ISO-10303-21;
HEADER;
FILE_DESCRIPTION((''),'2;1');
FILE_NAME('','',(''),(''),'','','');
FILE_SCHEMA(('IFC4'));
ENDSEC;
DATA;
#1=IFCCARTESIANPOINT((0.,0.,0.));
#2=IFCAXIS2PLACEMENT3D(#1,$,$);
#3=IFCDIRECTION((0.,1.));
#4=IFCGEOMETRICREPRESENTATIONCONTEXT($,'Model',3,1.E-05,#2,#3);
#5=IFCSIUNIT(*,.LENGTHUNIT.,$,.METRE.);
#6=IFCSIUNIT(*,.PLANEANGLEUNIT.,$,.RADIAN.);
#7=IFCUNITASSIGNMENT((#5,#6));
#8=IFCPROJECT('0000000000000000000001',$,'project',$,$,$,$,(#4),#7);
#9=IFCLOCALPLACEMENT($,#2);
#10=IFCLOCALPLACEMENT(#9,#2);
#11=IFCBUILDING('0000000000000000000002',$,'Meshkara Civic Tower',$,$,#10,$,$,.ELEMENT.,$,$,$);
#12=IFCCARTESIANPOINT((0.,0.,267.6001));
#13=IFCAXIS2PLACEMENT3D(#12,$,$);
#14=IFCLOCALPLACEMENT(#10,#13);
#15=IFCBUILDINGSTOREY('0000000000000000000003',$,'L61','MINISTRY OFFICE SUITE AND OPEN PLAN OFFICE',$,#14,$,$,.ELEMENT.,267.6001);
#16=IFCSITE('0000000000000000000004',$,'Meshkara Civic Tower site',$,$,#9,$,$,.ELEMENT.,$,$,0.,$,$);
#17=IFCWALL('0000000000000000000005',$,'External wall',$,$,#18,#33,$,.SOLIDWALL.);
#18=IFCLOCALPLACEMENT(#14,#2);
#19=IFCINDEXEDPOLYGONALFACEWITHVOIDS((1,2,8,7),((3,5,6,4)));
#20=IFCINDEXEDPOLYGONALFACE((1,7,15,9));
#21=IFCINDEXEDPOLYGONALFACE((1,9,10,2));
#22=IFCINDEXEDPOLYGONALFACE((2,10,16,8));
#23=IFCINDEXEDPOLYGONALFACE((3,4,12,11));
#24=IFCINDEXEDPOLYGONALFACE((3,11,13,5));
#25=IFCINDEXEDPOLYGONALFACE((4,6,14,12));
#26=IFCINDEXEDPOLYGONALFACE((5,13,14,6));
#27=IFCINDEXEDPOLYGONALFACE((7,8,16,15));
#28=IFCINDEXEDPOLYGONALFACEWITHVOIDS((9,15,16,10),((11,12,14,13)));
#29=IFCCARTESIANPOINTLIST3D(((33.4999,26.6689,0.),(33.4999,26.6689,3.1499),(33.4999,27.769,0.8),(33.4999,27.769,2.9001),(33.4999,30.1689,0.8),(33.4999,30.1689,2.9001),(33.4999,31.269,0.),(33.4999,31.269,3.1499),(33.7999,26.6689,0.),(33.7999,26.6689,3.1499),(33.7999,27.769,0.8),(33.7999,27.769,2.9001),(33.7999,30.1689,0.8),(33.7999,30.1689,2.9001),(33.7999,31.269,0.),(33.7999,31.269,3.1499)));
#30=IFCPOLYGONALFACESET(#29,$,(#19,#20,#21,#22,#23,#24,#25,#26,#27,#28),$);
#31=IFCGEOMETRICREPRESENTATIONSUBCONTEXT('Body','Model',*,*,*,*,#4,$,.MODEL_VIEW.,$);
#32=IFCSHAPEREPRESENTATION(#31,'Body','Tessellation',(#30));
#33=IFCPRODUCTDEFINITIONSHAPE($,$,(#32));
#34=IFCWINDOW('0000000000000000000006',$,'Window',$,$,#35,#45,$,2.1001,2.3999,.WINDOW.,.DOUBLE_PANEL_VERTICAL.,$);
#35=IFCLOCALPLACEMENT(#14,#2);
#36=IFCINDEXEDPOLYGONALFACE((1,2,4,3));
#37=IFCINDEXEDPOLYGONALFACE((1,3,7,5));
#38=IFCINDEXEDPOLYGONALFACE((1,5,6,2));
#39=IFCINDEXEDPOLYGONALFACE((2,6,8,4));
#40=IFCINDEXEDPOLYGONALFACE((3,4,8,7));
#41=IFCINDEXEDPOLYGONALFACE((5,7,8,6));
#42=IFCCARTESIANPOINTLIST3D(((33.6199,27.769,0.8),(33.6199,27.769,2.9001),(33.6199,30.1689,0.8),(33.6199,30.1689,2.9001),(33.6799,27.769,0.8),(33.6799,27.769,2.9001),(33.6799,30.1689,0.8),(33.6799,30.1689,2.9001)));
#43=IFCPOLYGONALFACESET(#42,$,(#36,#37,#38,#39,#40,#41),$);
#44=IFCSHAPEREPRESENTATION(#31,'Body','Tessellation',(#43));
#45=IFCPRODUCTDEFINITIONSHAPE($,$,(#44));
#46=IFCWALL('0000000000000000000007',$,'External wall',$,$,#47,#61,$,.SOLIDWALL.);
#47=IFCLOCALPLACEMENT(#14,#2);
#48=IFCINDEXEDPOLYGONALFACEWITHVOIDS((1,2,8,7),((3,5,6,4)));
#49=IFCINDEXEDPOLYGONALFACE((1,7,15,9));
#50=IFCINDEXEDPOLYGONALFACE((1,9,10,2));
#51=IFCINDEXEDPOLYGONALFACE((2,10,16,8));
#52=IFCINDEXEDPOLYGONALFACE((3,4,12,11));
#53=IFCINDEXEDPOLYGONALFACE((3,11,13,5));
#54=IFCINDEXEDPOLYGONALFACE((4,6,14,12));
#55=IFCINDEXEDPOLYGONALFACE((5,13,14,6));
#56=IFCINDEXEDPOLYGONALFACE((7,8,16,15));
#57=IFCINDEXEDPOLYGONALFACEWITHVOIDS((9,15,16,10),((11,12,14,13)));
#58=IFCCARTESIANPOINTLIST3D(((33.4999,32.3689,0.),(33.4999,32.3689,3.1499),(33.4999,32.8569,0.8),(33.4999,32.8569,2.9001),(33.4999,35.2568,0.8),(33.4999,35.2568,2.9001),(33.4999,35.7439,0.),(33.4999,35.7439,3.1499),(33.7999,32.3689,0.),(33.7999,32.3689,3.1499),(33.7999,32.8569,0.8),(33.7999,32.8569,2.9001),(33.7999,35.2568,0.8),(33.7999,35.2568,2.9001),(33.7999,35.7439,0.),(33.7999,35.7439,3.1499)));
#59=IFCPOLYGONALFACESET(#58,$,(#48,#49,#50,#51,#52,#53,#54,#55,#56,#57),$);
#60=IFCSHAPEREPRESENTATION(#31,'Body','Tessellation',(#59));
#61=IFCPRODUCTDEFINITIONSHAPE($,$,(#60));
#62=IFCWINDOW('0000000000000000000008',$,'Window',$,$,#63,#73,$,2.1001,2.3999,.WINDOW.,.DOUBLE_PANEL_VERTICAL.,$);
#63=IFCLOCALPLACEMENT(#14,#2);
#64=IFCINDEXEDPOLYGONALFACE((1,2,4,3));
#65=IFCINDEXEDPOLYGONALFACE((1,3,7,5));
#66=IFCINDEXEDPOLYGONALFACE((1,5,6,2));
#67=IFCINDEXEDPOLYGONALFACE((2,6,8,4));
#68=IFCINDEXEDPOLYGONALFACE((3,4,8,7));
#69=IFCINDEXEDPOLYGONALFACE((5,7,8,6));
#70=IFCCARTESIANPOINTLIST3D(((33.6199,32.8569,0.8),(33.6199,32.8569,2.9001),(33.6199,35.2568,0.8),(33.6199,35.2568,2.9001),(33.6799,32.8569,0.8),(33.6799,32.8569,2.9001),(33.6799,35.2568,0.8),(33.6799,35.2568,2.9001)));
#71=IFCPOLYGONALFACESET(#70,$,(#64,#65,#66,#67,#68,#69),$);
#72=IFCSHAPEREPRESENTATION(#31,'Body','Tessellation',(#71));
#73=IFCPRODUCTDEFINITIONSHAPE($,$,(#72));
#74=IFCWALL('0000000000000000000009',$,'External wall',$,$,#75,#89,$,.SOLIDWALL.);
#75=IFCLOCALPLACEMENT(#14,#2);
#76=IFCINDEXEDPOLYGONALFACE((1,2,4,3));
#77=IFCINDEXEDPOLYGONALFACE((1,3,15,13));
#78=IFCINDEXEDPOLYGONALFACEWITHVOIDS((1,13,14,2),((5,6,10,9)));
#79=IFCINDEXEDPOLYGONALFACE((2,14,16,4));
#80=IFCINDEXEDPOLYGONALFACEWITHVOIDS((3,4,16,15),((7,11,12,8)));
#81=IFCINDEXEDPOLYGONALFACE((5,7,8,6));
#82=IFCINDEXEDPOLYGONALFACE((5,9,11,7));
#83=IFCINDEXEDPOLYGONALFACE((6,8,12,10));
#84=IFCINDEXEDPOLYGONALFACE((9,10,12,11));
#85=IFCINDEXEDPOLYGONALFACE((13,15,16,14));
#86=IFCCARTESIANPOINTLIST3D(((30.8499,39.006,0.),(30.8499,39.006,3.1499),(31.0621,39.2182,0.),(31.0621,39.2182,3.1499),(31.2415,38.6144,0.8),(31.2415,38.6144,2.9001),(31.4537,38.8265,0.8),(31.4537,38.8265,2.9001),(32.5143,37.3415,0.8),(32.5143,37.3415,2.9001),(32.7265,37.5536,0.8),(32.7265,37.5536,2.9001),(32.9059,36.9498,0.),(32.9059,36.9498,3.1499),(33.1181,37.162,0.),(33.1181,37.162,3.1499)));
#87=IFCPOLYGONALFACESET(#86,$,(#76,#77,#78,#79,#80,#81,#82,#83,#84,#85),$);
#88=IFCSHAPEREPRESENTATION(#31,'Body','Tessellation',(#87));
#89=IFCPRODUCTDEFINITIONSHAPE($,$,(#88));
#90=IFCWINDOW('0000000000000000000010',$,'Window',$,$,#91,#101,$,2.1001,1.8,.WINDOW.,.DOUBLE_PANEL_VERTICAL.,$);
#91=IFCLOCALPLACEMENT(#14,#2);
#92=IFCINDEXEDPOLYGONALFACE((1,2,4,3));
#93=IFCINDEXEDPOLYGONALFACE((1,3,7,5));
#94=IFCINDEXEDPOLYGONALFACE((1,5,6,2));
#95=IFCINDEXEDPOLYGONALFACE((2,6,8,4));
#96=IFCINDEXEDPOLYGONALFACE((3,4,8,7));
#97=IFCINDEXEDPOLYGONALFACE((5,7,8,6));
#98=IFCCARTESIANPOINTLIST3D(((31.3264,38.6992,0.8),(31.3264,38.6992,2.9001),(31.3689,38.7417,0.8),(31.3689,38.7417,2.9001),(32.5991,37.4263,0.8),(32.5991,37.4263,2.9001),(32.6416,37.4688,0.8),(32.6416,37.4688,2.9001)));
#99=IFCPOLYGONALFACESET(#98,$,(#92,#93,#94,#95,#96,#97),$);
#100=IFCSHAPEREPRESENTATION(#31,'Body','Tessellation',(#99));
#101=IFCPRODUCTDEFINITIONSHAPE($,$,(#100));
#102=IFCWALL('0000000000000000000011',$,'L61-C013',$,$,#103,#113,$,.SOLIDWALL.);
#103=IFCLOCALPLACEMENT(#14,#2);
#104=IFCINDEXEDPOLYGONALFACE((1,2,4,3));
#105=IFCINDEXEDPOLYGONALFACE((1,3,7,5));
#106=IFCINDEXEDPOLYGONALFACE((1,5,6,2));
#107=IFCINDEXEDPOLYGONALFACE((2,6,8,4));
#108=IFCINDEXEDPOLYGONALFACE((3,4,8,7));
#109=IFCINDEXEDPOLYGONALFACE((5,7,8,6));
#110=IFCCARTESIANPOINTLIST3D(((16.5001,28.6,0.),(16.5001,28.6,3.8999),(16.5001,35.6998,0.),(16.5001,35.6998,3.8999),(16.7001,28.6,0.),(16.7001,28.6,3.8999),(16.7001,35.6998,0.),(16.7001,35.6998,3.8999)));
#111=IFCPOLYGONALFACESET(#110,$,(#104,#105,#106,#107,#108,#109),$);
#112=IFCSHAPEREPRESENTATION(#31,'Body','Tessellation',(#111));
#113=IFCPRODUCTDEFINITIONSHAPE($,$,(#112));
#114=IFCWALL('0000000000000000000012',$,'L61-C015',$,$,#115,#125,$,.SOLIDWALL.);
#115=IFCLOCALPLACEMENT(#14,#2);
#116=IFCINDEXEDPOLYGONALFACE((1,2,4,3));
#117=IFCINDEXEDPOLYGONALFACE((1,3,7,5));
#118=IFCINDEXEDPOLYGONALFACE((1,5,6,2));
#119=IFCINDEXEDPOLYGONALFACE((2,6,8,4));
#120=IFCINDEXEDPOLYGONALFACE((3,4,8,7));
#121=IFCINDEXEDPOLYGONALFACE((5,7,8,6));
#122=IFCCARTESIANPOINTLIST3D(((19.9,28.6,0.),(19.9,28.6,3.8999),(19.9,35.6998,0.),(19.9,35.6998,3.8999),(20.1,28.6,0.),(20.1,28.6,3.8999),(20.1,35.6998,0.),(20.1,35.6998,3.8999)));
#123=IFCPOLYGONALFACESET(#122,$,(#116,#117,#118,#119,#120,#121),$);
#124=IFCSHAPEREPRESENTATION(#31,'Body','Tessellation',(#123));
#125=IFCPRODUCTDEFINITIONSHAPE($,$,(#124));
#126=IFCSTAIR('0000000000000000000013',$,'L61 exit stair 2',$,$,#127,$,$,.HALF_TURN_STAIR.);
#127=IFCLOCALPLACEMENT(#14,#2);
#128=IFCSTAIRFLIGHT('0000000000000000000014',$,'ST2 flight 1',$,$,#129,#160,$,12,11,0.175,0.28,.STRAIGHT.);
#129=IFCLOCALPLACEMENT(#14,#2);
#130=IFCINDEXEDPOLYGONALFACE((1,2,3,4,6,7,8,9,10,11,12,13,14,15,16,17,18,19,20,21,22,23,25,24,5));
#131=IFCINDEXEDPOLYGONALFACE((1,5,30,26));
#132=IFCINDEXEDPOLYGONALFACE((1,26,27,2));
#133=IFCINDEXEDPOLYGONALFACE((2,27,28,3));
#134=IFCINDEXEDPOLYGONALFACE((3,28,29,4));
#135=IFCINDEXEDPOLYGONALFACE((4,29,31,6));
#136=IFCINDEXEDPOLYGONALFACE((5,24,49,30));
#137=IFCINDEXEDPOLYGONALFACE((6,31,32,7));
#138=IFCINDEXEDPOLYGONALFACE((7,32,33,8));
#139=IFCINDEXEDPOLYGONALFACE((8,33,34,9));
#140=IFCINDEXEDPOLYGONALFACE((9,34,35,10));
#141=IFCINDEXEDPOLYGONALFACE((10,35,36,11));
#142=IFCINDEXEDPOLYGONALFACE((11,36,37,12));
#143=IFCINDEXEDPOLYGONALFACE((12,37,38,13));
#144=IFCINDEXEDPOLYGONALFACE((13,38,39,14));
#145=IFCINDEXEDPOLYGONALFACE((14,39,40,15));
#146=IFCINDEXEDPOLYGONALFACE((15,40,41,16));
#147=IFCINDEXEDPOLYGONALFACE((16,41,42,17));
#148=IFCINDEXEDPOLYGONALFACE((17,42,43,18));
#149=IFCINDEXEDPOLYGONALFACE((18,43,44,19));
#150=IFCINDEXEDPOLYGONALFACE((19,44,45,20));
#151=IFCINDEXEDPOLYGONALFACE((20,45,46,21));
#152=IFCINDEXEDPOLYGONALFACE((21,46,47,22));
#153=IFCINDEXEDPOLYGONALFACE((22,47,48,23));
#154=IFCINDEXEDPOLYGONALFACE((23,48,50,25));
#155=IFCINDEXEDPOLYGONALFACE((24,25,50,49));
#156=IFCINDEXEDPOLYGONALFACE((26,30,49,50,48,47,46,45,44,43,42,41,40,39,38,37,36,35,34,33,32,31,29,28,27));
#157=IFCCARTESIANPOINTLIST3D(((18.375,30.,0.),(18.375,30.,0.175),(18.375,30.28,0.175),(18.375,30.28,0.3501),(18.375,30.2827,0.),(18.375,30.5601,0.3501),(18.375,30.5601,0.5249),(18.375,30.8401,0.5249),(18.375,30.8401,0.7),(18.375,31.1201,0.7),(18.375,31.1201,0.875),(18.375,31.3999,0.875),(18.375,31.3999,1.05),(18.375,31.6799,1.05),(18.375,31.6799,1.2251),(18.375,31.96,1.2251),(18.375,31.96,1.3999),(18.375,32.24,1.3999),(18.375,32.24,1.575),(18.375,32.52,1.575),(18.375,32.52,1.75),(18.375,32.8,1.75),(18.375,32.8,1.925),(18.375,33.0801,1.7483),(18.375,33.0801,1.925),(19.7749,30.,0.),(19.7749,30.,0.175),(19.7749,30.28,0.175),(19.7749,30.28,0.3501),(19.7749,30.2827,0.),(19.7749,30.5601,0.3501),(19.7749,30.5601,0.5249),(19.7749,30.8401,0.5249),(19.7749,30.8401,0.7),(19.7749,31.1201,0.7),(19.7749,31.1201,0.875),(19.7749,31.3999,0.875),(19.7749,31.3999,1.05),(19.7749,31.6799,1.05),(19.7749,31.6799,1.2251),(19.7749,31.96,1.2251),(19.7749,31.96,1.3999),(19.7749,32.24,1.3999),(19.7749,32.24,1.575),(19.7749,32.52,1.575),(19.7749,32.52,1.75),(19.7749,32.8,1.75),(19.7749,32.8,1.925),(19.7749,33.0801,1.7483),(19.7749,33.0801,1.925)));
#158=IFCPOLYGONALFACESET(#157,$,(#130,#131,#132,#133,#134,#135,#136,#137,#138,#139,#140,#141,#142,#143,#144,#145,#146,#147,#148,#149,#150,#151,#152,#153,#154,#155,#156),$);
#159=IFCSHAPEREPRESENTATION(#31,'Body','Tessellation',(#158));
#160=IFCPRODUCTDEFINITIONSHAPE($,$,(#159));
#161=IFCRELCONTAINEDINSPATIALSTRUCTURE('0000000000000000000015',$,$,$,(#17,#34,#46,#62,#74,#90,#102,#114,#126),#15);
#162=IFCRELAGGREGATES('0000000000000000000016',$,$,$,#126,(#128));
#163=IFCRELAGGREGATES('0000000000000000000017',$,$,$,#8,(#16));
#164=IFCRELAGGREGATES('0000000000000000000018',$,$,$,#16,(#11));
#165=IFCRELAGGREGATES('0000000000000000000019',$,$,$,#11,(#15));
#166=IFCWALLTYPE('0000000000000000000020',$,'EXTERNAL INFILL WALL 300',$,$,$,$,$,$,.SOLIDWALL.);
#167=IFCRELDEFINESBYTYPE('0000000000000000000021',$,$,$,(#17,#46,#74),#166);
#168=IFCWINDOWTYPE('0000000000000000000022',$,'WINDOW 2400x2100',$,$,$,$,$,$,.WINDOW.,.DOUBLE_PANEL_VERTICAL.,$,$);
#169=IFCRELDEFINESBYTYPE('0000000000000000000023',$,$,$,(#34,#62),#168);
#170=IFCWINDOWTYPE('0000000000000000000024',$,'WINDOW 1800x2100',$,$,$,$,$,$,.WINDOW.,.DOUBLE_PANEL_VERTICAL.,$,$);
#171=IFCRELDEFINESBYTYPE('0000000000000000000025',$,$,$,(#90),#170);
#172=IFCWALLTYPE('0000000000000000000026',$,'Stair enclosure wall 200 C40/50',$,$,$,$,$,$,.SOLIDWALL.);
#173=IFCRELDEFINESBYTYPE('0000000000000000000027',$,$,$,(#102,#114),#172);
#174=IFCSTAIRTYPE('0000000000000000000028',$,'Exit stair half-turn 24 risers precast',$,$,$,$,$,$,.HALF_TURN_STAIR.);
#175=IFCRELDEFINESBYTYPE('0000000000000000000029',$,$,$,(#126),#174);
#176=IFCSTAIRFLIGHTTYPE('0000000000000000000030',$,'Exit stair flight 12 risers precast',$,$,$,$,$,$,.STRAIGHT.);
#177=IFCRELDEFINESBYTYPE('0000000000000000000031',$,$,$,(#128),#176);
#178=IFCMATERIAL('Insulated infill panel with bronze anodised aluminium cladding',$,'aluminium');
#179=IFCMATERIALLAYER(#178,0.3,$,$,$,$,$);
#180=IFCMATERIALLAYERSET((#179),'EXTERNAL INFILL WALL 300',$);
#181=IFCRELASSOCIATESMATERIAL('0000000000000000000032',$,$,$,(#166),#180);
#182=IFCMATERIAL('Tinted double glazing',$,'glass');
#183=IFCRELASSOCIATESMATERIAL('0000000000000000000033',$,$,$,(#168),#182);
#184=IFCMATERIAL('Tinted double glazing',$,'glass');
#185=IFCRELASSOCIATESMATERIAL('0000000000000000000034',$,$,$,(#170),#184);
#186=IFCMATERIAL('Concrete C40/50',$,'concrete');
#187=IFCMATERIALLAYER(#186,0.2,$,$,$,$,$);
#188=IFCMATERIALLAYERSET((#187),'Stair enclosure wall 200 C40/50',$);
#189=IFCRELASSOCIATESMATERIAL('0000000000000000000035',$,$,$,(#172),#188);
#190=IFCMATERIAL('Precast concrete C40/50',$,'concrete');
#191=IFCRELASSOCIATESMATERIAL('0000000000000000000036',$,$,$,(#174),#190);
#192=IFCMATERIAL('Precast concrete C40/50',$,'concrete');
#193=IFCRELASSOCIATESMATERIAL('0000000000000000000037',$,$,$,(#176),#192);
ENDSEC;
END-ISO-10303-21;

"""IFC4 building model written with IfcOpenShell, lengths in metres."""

from ifc_helpers import new_model, si_unit, direction, frame, frame_2d, origin, place, context, subcontext, project, spatial, polyline, rectangle, outline, extrude, material, layer, layer_set, type_object, element, fill, aggregate, save


model = new_model("IFC4")

# Units and contexts
model_context = context("Model", 3, precision=1e-05, world=origin(), true_north=direction((0.0, 1.0)))
body_context = subcontext(model_context, "Body", "Model", "MODEL_VIEW")
ifc_project = project(units=[si_unit("LENGTHUNIT", "METRE"), si_unit("PLANEANGLEUNIT", "RADIAN")], contexts=[model_context])

# Site, building, storey
site_placement = place(None, origin())
site = spatial("IfcSite", under=ifc_project, at=site_placement, Name="Meshkara Civic Tower site", CompositionType="ELEMENT", RefElevation=0.0)
building_placement = place(site_placement, origin())
building = spatial("IfcBuilding", under=site, at=building_placement, Name="Meshkara Civic Tower", CompositionType="ELEMENT")
storey_placement = place(building_placement, frame((0.0, 0.0, 267.6001)))
storey = spatial("IfcBuildingStorey", under=building, at=storey_placement, Name="L61", Description="MINISTRY OFFICE SUITE AND OPEN PLAN OFFICE", CompositionType="ELEMENT", Elevation=267.6001)

# Walls, openings, windows
ifc_material_1 = material(Name="Insulated infill panel with bronze anodised aluminium cladding", Category="aluminium")
ifc_layer_1 = layer(ifc_material_1, 0.3)
ifc_layer_set_1 = layer_set([ifc_layer_1], Name="EXTERNAL INFILL WALL 300")
wall_type_1 = type_object("IfcWallType", Name="EXTERNAL INFILL WALL 300", PredefinedType="SOLIDWALL", material=ifc_layer_set_1)
wall_1_placement = place(storey_placement, frame((33.6499, 26.6689, 0.0), z_axis=(0.0, 0.0, 1.0), x_axis=(0.0, 1.0, 0.0)))
wall_1 = element("IfcWall", 1, at=wall_1_placement, inside=storey, type_object=wall_type_1, Name="External wall", PredefinedType="SOLIDWALL", context=body_context, shape_type="SweptSolid", body=[
    extrude(rectangle(XDim=4.6001, YDim=0.3, at=frame_2d((2.3, 0.0))), origin(), (0.0, 0.0, 1.0), 3.1499),
])
opening_1_placement = place(wall_1_placement, frame((1.1001, 0.0, 0.8)))
opening_1 = element("IfcOpeningElement", 2, at=opening_1_placement, cuts=wall_1, PredefinedType="OPENING", context=body_context, shape_type="SweptSolid", body=[
    extrude(rectangle(XDim=2.3999, YDim=2.1001, at=frame_2d((1.2, 1.05))), frame((0.0, 0.1599, 0.0), z_axis=(0.0, -1.0, 0.0), x_axis=(1.0, 0.0, 0.0)), (0.0, 0.0, 1.0), 0.3201),
])
ifc_material_2 = material(Name="Tinted double glazing", Category="glass")
window_type_1 = type_object("IfcWindowType", Name="WINDOW 2400x2100", PartitioningType="DOUBLE_PANEL_VERTICAL", PredefinedType="WINDOW", material=ifc_material_2)
window_1_placement = place(opening_1_placement, origin())
window_1 = element("IfcWindow", 3, at=window_1_placement, inside=storey, type_object=window_type_1, Name="Window", OverallHeight=2.1001, OverallWidth=2.3999, PartitioningType="DOUBLE_PANEL_VERTICAL", PredefinedType="WINDOW", context=body_context, shape_type="SweptSolid", body=[
    extrude(rectangle(XDim=2.3999, YDim=2.1001, at=frame_2d((1.2, 1.05))), frame((0.0, 0.03, 0.0), z_axis=(0.0, -1.0, 0.0), x_axis=(1.0, 0.0, 0.0)), (0.0, 0.0, 1.0), 0.0601),
])
fill(opening_1, window_1)
wall_2_placement = place(storey_placement, frame((33.6499, 32.3689, 0.0), z_axis=(0.0, 0.0, 1.0), x_axis=(0.0, 1.0, 0.0)))
wall_2 = element("IfcWall", 4, at=wall_2_placement, inside=storey, type_object=wall_type_1, Name="External wall", PredefinedType="SOLIDWALL", context=body_context, shape_type="SweptSolid", body=[
    extrude(rectangle(XDim=3.375, YDim=0.3, at=frame_2d((1.6875, 0.0))), origin(), (0.0, 0.0, 1.0), 3.1499),
])
opening_2_placement = place(wall_2_placement, frame((0.488, 0.0, 0.8)))
opening_2 = element("IfcOpeningElement", 5, at=opening_2_placement, cuts=wall_2, PredefinedType="OPENING", context=body_context, shape_type="SweptSolid", body=[
    extrude(rectangle(XDim=2.3999, YDim=2.1001, at=frame_2d((1.2, 1.05))), frame((0.0, 0.1599, 0.0), z_axis=(0.0, -1.0, 0.0), x_axis=(1.0, 0.0, 0.0)), (0.0, 0.0, 1.0), 0.3201),
])
window_2_placement = place(opening_2_placement, origin())
window_2 = element("IfcWindow", 6, at=window_2_placement, inside=storey, type_object=window_type_1, Name="Window", OverallHeight=2.1001, OverallWidth=2.3999, PartitioningType="DOUBLE_PANEL_VERTICAL", PredefinedType="WINDOW", context=body_context, shape_type="SweptSolid", body=[
    extrude(rectangle(XDim=2.3999, YDim=2.1001, at=frame_2d((1.2, 1.05))), frame((0.0, 0.03, 0.0), z_axis=(0.0, -1.0, 0.0), x_axis=(1.0, 0.0, 0.0)), (0.0, 0.0, 1.0), 0.0601),
])
fill(opening_2, window_2)
wall_3_placement = place(storey_placement, frame((33.012, 37.0559, 0.0), z_axis=(0.0, 0.0, 1.0), x_axis=(-0.707065, 0.707149, 0.0)))
wall_3 = element("IfcWall", 7, at=wall_3_placement, inside=storey, type_object=wall_type_1, Name="External wall", PredefinedType="SOLIDWALL", context=body_context, shape_type="SweptSolid", body=[
    extrude(rectangle(XDim=2.9077, YDim=0.3, at=frame_2d((1.4539, 0.0))), origin(), (0.0, 0.0, 1.0), 3.1499),
])
opening_3_placement = place(wall_3_placement, frame((0.554, 0.0, 0.8)))
opening_3 = element("IfcOpeningElement", 8, at=opening_3_placement, cuts=wall_3, PredefinedType="OPENING", context=body_context, shape_type="SweptSolid", body=[
    extrude(rectangle(XDim=1.8, YDim=2.1001, at=frame_2d((0.8999, 1.05))), frame((0.0, 0.1599, 0.0), z_axis=(0.0, -1.0, 0.0), x_axis=(1.0, 0.0, 0.0)), (0.0, 0.0, 1.0), 0.3201),
])
ifc_material_3 = material(Name="Tinted double glazing", Category="glass")
window_type_2 = type_object("IfcWindowType", Name="WINDOW 1800x2100", PartitioningType="DOUBLE_PANEL_VERTICAL", PredefinedType="WINDOW", material=ifc_material_3)
window_3_placement = place(opening_3_placement, origin())
window_3 = element("IfcWindow", 9, at=window_3_placement, inside=storey, type_object=window_type_2, Name="Window", OverallHeight=2.1001, OverallWidth=1.8, PartitioningType="DOUBLE_PANEL_VERTICAL", PredefinedType="WINDOW", context=body_context, shape_type="SweptSolid", body=[
    extrude(rectangle(XDim=1.8, YDim=2.1001, at=frame_2d((0.8999, 1.05))), frame((0.0, 0.03, 0.0), z_axis=(0.0, -1.0, 0.0), x_axis=(1.0, 0.0, 0.0)), (0.0, 0.0, 1.0), 0.0601),
])
fill(opening_3, window_3)

# Walls
ifc_material_4 = material(Name="Concrete C40/50", Category="concrete")
ifc_layer_2 = layer(ifc_material_4, 0.2)
ifc_layer_set_2 = layer_set([ifc_layer_2], Name="Stair enclosure wall 200 C40/50")
wall_type_2 = type_object("IfcWallType", Name="Stair enclosure wall 200 C40/50", PredefinedType="SOLIDWALL", material=ifc_layer_set_2)
for number, where, z_axis, x_axis, name in (
    (10, (16.6001, 28.6001, 0.0), (0.0, 0.0, 1.0), (0.0, 1.0, 0.0), "L61-C013"),
    (11, (20.0, 28.6001, 0.0), (0.0, 0.0, 1.0), (0.0, 1.0, 0.0), "L61-C015"),
):
    element("IfcWall", number, at=place(storey_placement, frame(where, z_axis=z_axis, x_axis=x_axis)), inside=storey, type_object=wall_type_2, Name=name, PredefinedType="SOLIDWALL", context=body_context, shape_type="SweptSolid", body=[
        extrude(rectangle(XDim=7.0999, YDim=0.2, at=frame_2d((3.5498, 0.0))), origin(), (0.0, 0.0, 1.0), 3.8999),
    ])

# Stair, stair flight
ifc_material_5 = material(Name="Precast concrete C40/50", Category="concrete")
stair_type = type_object("IfcStairType", Name="Exit stair half-turn 24 risers precast", PredefinedType="HALF_TURN_STAIR", material=ifc_material_5)
stair_placement = place(storey_placement, origin())
stair = element("IfcStair", 12, at=stair_placement, inside=storey, type_object=stair_type, Name="L61 exit stair 2", PredefinedType="HALF_TURN_STAIR")
ifc_material_6 = material(Name="Precast concrete C40/50", Category="concrete")
stair_flight_type = type_object("IfcStairFlightType", Name="Exit stair flight 12 risers precast", PredefinedType="STRAIGHT", material=ifc_material_6)
stair_flight_1_placement = place(storey_placement, frame((19.075, 30.0, 0.0), z_axis=(0.0, 0.0, 1.0), x_axis=(0.0, 1.0, 0.0)))
stair_flight_1 = element("IfcStairFlight", 13, at=stair_flight_1_placement, type_object=stair_flight_type, Name="ST2 flight 1", NumberOfRisers=12, NumberOfTreads=11, PredefinedType="STRAIGHT", RiserHeight=0.175, TreadLength=0.28, context=body_context, shape_type="SweptSolid", body=[
    extrude(outline(polyline([(0.0, 0.0), (0.0, 0.175), (0.28, 0.175), (0.28, 0.3501), (0.5601, 0.3501), (0.5601, 0.5249), (0.8401, 0.5249), (0.8401, 0.7), (1.1201, 0.7), (1.1201, 0.875), (1.3999, 0.875), (1.3999, 1.05), (1.6799, 1.05), (1.6799, 1.2251), (1.96, 1.2251), (1.96, 1.3999), (2.24, 1.3999), (2.24, 1.575), (2.52, 1.575), (2.52, 1.75), (2.8, 1.75), (2.8, 1.925), (3.0801, 1.925), (3.0801, 2.1001), (3.0801, 1.7483), (0.2827, 0.0), (0.0, 0.0)])), frame((0.0, 0.7, 0.0), z_axis=(0.0, -1.0, 0.0), x_axis=(1.0, 0.0, 0.0)), (0.0, 0.0, 1.0), 1.3999),
])
aggregate(stair, [stair_flight_1])

save(model, "model.ifc")
